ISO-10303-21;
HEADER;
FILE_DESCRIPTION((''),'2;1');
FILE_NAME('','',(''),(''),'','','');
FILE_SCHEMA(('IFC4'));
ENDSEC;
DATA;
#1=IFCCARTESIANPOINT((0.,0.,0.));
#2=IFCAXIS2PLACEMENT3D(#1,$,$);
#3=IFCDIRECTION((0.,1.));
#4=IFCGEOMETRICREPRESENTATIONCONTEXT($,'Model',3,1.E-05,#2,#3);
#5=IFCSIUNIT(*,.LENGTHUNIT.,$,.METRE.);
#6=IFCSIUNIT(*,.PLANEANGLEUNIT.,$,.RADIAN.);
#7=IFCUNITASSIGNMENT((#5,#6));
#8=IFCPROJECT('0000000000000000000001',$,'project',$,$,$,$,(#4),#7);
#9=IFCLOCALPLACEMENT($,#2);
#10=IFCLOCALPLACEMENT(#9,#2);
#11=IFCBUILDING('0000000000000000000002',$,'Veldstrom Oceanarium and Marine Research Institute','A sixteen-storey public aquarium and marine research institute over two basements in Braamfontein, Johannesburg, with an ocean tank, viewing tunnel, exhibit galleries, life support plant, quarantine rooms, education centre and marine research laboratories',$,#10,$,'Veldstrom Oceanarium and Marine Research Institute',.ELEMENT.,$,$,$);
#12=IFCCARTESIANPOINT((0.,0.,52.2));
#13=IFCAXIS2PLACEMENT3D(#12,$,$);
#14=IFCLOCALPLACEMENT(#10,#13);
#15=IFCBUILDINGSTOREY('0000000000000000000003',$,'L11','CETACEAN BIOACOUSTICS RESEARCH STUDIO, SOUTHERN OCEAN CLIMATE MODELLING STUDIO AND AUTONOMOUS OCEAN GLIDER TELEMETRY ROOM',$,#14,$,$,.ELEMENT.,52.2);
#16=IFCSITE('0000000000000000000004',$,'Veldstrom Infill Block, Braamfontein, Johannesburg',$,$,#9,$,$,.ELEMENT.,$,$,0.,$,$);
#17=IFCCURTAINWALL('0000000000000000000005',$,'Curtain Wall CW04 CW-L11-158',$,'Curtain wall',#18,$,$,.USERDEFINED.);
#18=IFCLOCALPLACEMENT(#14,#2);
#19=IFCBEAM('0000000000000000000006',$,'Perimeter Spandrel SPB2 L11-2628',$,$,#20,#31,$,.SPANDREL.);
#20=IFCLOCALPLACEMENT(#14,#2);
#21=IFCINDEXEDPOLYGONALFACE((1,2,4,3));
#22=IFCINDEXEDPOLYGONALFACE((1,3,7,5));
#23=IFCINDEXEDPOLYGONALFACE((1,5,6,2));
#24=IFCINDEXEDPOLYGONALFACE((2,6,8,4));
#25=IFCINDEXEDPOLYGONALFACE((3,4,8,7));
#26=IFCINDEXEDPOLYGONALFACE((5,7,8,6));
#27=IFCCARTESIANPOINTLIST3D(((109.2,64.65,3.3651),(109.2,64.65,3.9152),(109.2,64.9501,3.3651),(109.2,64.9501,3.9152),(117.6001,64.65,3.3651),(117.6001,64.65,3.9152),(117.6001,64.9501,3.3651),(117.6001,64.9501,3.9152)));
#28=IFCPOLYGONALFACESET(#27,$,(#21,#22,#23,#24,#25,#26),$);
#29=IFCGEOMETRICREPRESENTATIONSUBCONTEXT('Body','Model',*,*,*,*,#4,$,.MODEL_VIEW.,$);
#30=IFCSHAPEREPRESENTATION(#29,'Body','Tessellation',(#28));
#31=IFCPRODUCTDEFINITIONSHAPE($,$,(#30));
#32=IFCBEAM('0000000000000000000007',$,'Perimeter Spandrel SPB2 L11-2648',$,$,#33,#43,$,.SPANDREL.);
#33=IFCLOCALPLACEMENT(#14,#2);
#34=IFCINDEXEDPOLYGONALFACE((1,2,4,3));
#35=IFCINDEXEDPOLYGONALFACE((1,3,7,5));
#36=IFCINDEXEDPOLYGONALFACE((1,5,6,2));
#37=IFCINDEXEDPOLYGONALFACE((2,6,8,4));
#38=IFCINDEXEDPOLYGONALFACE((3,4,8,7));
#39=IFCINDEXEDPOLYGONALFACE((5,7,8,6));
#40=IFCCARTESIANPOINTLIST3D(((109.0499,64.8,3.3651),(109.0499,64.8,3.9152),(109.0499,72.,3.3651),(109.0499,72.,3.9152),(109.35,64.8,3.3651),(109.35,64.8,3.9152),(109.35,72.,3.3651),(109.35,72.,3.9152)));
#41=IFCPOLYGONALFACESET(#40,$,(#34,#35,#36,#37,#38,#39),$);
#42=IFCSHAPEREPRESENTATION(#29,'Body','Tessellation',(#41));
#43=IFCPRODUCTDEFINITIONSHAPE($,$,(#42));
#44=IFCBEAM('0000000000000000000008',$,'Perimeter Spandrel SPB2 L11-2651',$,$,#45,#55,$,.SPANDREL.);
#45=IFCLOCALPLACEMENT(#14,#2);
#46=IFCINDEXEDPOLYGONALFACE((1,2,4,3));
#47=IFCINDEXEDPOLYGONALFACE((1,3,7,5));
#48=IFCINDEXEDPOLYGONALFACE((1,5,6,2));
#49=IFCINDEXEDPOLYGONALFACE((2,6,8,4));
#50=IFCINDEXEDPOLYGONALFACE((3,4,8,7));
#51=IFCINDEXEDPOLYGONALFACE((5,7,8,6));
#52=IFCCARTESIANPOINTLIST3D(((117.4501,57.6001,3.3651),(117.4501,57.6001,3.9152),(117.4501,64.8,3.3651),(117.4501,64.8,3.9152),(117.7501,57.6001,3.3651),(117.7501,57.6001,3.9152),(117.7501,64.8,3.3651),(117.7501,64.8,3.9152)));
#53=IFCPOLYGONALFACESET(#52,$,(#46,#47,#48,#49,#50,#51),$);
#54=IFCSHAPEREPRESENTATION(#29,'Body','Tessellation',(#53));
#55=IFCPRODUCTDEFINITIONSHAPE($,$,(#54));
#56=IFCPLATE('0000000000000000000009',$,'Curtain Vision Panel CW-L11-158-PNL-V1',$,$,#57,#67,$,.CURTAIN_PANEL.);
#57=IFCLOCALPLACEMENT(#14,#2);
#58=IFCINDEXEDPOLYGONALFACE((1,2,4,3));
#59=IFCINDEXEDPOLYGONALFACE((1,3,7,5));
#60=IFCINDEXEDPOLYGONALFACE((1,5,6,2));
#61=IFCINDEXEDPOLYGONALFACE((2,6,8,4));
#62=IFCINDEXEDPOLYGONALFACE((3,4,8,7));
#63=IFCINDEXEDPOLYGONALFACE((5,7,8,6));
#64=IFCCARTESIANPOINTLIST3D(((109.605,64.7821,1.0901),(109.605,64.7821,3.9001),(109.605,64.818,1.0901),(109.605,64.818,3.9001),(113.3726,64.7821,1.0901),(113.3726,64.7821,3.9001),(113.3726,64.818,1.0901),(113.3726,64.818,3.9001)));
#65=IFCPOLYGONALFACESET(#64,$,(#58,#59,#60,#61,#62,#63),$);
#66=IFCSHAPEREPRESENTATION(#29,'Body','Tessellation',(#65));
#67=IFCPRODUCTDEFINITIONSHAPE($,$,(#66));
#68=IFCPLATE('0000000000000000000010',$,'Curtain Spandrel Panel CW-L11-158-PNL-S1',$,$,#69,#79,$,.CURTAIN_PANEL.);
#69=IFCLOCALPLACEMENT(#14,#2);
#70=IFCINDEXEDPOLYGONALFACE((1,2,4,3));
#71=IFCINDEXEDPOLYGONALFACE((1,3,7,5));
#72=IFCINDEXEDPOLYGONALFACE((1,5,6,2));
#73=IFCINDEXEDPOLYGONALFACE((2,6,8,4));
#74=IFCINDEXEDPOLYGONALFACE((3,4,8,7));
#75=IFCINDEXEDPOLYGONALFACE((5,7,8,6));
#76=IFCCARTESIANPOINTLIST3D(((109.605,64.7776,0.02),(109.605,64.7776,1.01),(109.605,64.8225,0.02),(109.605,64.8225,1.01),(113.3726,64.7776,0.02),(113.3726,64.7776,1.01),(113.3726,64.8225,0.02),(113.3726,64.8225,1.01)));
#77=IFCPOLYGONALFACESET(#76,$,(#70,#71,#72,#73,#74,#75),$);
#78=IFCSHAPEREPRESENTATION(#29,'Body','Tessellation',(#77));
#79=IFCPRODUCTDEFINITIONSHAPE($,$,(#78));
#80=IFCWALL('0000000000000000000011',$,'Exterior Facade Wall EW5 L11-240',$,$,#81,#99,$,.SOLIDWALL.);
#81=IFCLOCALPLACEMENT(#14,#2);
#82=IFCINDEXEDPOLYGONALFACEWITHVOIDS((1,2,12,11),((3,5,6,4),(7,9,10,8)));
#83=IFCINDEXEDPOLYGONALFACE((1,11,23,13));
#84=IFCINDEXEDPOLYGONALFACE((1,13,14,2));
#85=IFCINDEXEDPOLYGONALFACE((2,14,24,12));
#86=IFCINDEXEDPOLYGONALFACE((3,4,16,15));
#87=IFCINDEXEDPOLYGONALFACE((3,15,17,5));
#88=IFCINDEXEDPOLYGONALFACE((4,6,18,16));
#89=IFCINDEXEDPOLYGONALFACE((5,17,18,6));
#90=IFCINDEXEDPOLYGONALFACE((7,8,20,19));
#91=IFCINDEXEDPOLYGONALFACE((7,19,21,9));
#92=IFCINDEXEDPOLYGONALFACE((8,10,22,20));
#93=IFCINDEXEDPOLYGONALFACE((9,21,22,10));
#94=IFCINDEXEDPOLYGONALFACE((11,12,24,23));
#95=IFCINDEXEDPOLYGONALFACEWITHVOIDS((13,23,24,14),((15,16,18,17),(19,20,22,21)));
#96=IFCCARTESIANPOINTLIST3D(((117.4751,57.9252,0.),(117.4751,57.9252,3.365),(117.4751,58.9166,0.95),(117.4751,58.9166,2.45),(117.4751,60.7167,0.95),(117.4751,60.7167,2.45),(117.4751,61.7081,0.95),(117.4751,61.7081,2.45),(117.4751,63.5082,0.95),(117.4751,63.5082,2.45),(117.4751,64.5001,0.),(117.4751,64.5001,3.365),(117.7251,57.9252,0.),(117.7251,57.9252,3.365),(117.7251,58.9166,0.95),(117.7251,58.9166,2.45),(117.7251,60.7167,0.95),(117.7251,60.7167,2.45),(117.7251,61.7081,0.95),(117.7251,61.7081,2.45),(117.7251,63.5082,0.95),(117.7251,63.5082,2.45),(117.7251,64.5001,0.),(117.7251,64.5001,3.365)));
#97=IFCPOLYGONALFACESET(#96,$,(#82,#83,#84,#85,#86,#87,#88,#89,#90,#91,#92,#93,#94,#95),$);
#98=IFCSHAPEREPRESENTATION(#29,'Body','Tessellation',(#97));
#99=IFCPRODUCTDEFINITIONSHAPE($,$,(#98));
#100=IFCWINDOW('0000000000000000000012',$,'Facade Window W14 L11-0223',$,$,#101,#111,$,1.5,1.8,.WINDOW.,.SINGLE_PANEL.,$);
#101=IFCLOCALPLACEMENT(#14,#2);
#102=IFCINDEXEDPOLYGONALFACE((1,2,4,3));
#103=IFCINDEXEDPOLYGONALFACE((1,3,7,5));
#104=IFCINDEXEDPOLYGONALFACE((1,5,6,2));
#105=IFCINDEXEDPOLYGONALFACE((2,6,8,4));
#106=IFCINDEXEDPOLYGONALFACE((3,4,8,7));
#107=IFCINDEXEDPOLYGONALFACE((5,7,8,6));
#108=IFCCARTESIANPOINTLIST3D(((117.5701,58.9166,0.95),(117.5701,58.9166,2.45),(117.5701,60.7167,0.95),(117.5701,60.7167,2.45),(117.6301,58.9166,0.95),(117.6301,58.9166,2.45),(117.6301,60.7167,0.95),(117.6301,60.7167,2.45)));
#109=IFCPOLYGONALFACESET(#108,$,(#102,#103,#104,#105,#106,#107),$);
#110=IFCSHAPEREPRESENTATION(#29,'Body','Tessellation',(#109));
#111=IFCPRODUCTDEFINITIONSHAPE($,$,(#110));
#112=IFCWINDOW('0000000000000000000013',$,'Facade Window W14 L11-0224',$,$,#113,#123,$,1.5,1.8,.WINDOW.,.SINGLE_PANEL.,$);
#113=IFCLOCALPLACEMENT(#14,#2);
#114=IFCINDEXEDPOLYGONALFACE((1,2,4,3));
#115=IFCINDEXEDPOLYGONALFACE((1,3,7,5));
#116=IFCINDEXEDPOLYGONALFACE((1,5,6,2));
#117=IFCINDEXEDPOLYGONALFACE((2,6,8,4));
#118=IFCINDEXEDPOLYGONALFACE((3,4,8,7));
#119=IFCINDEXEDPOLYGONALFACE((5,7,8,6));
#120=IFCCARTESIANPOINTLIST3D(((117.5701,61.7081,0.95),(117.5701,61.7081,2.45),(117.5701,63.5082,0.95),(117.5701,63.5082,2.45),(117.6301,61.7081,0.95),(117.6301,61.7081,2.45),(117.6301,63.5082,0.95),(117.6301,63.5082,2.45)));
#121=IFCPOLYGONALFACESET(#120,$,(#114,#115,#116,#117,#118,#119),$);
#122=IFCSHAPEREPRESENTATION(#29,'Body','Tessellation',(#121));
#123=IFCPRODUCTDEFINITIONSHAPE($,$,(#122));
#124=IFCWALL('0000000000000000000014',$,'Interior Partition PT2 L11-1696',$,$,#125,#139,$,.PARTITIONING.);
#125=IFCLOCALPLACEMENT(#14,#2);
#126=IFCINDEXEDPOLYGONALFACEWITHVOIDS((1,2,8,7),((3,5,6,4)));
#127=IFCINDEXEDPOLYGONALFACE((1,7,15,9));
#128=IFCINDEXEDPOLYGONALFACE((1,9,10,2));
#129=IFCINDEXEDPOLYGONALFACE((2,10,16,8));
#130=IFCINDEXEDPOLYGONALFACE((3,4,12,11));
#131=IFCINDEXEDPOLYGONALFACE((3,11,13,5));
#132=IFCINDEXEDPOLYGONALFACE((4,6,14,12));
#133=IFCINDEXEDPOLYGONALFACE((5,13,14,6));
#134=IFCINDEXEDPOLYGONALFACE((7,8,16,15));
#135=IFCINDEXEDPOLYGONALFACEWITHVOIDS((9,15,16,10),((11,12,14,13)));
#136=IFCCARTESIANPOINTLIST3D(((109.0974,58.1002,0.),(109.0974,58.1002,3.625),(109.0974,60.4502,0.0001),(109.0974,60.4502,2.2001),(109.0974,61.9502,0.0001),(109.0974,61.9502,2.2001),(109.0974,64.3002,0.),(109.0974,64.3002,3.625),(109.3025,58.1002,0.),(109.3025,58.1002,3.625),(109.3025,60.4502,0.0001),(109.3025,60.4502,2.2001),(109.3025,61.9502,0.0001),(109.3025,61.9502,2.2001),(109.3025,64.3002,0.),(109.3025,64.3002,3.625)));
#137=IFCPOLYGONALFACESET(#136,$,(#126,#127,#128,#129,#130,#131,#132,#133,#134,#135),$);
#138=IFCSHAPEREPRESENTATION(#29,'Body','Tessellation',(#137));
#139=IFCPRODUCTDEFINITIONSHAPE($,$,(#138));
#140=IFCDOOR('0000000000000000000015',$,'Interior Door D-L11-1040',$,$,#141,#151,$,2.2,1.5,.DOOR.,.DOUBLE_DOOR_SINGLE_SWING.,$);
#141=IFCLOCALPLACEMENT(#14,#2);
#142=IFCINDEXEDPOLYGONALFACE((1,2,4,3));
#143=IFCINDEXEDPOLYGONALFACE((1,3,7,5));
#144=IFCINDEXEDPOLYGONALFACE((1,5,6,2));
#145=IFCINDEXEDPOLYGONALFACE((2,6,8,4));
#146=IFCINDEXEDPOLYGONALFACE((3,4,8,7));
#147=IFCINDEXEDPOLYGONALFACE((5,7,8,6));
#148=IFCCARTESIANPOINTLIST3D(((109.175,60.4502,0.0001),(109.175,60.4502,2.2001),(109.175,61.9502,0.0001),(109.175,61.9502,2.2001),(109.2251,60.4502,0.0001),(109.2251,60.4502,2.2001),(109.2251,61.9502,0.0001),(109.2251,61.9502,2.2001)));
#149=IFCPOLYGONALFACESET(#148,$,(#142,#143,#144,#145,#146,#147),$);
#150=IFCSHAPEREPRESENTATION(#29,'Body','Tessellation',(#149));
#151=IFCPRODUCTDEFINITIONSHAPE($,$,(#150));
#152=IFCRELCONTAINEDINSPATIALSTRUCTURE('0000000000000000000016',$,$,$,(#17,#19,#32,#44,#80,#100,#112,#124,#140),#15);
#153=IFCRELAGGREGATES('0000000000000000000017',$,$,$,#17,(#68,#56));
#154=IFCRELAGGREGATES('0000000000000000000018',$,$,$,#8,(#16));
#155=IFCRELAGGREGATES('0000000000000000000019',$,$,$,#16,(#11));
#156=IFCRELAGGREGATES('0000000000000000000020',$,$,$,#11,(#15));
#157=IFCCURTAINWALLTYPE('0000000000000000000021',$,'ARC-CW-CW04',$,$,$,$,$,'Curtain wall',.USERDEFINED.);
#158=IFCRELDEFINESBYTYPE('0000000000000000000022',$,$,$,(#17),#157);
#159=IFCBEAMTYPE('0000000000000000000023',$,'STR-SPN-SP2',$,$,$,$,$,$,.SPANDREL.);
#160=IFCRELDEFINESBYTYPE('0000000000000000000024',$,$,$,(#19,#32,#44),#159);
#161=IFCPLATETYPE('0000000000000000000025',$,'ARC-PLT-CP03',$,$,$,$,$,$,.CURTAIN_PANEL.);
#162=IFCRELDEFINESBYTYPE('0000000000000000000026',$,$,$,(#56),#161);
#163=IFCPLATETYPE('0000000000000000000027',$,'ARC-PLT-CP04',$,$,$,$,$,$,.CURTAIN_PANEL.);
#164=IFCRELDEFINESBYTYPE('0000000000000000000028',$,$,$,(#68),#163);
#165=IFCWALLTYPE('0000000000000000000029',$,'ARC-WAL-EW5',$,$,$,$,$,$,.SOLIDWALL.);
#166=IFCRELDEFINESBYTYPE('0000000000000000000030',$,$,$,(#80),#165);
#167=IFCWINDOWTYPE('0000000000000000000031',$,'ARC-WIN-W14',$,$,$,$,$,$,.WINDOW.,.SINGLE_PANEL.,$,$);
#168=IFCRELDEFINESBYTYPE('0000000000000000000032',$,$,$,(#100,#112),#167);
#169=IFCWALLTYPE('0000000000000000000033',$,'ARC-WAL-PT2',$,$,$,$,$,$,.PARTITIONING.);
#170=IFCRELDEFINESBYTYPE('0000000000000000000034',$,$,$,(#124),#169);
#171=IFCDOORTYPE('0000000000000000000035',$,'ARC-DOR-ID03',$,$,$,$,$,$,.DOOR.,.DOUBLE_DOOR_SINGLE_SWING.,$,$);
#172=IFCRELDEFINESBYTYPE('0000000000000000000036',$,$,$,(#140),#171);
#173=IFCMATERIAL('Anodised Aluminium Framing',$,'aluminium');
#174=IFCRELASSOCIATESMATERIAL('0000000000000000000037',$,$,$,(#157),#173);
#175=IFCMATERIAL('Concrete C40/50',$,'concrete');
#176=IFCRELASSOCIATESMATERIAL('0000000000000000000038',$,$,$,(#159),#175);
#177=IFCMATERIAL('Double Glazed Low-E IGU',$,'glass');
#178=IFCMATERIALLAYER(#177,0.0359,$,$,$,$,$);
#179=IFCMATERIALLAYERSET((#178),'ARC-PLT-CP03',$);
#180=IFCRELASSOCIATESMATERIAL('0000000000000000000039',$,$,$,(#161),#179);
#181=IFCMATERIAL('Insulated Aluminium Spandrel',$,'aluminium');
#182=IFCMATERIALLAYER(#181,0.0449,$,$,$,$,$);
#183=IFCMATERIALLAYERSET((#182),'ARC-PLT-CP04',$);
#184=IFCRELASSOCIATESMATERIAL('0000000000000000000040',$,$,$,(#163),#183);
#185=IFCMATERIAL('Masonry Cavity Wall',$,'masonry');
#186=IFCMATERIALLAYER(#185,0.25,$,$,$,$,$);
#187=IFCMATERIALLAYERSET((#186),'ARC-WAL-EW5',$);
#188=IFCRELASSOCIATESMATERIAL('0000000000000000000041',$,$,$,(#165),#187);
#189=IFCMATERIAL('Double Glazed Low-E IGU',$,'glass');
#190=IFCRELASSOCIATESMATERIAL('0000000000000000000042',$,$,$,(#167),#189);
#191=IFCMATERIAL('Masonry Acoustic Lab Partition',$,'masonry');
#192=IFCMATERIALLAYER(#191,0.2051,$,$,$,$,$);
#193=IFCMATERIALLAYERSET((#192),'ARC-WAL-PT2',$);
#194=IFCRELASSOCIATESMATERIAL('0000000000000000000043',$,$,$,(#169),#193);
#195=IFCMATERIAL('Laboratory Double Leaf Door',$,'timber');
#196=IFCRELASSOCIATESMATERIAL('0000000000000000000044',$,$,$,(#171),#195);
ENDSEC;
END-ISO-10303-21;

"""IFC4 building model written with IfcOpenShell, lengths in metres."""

from ifc_helpers import new_model, si_unit, direction, frame, frame_2d, origin, origin_2d, place, context, subcontext, project, spatial, rectangle, extrude, material, layer, layer_set, material_profile, profile_set, type_object, element, fill, aggregate, save


model = new_model("IFC4")

# Units and contexts
model_context = context("Model", 3, precision=1e-05, world=origin(), true_north=direction((0.0, 1.0)))
body_context = subcontext(model_context, "Body", "Model", "MODEL_VIEW")
ifc_project = project(units=[si_unit("LENGTHUNIT", "METRE"), si_unit("PLANEANGLEUNIT", "RADIAN")], contexts=[model_context])

# Site, building, storey
site_placement = place(None, origin())
site = spatial("IfcSite", under=ifc_project, at=site_placement, Name="Veldstrom Infill Block, Braamfontein, Johannesburg", CompositionType="ELEMENT", RefElevation=0.0)
building_placement = place(site_placement, origin())
building = spatial("IfcBuilding", under=site, at=building_placement, Name="Veldstrom Oceanarium and Marine Research Institute", Description="A sixteen-storey public aquarium and marine research institute over two basements in Braamfontein, Johannesburg, with an ocean tank, viewing tunnel, exhibit galleries, life support plant, quarantine rooms, education centre and marine research laboratories", LongName="Veldstrom Oceanarium and Marine Research Institute", CompositionType="ELEMENT")
storey_placement = place(building_placement, frame((0.0, 0.0, 52.2)))
storey = spatial("IfcBuildingStorey", under=building, at=storey_placement, Name="L11", Description="CETACEAN BIOACOUSTICS RESEARCH STUDIO, SOUTHERN OCEAN CLIMATE MODELLING STUDIO AND AUTONOMOUS OCEAN GLIDER TELEMETRY ROOM", CompositionType="ELEMENT", Elevation=52.2)

# Curtain wall
ifc_material_1 = material(Name="Anodised Aluminium Framing", Category="aluminium")
curtain_wall_type_1 = type_object("IfcCurtainWallType", Name="ARC-CW-CW04", ElementType="Curtain wall", PredefinedType="USERDEFINED", material=ifc_material_1)
curtain_wall_1_placement = place(storey_placement, origin())
curtain_wall_1 = element("IfcCurtainWall", 1, at=curtain_wall_1_placement, inside=storey, type_object=curtain_wall_type_1, Name="Curtain Wall CW04 CW-L11-158", ObjectType="Curtain wall", PredefinedType="USERDEFINED")

# Beams
ifc_material_2 = material(Name="Concrete C40/50", Category="concrete")
ifc_material_profile_1 = material_profile(ifc_material_2, rectangle(XDim=0.3, YDim=0.55, at=origin_2d()), Name="RC-SPN-300x550")
ifc_profile_set_1 = profile_set([ifc_material_profile_1], Name="Concrete C40/50")
beam_type_1 = type_object("IfcBeamType", Name="STR-SPN-SP2", PredefinedType="SPANDREL", material=ifc_profile_set_1)
beam_1_placement = place(storey_placement, frame((109.2, 64.8, 3.6401), z_axis=(1.0, 0.0, 0.0), x_axis=(0.0, 1.0, 0.0)))
element("IfcBeam", 2, at=beam_1_placement, inside=storey, type_object=beam_type_1, Name="Perimeter Spandrel SPB2 L11-2628", PredefinedType="SPANDREL", context=body_context, shape_type="SweptSolid", body=[
    extrude(rectangle(XDim=0.3, YDim=0.55, at=origin_2d()), origin(), (0.0, 0.0, 1.0), 8.4001),
])
for number, where, z_axis, x_axis, name in (
    (3, (109.2, 64.8, 3.6401), (0.0, 1.0, 0.0), (-1.0, 0.0, 0.0), "Perimeter Spandrel SPB2 L11-2648"),
    (4, (117.6001, 57.6001, 3.6401), (0.0, 1.0, 0.0), (-1.0, 0.0, 0.0), "Perimeter Spandrel SPB2 L11-2651"),
):
    element("IfcBeam", number, at=place(storey_placement, frame(where, z_axis=z_axis, x_axis=x_axis)), inside=storey, type_object=beam_type_1, Name=name, PredefinedType="SPANDREL", context=body_context, shape_type="SweptSolid", body=[
        extrude(rectangle(XDim=0.3, YDim=0.55, at=origin_2d()), origin(), (0.0, 0.0, 1.0), 7.2),
    ])

# Plates
ifc_material_3 = material(Name="Double Glazed Low-E IGU", Category="glass")
ifc_layer_1 = layer(ifc_material_3, 0.0359)
ifc_layer_set_1 = layer_set([ifc_layer_1], Name="ARC-PLT-CP03")
plate_type_1 = type_object("IfcPlateType", Name="ARC-PLT-CP03", PredefinedType="CURTAIN_PANEL", material=ifc_layer_set_1)
plate_1_placement = place(storey_placement, frame((111.4888, 64.8, 1.0901), z_axis=(0.0, 0.0, 1.0), x_axis=(1.0, 0.0, 0.0)))
plate_1 = element("IfcPlate", 5, at=plate_1_placement, type_object=plate_type_1, Name="Curtain Vision Panel CW-L11-158-PNL-V1", PredefinedType="CURTAIN_PANEL", context=body_context, shape_type="SweptSolid", body=[
    extrude(rectangle(XDim=3.7676, YDim=0.0359, at=origin_2d()), origin(), (0.0, 0.0, 1.0), 2.8101),
])
ifc_material_4 = material(Name="Insulated Aluminium Spandrel", Category="aluminium")
ifc_layer_2 = layer(ifc_material_4, 0.0449)
ifc_layer_set_2 = layer_set([ifc_layer_2], Name="ARC-PLT-CP04")
plate_type_2 = type_object("IfcPlateType", Name="ARC-PLT-CP04", PredefinedType="CURTAIN_PANEL", material=ifc_layer_set_2)
plate_2_placement = place(storey_placement, frame((111.4888, 64.8, 0.02), z_axis=(0.0, 0.0, 1.0), x_axis=(1.0, 0.0, 0.0)))
plate_2 = element("IfcPlate", 6, at=plate_2_placement, type_object=plate_type_2, Name="Curtain Spandrel Panel CW-L11-158-PNL-S1", PredefinedType="CURTAIN_PANEL", context=body_context, shape_type="SweptSolid", body=[
    extrude(rectangle(XDim=3.7676, YDim=0.0449, at=origin_2d()), origin(), (0.0, 0.0, 1.0), 0.99),
])
aggregate(curtain_wall_1, [plate_2, plate_1])

# Wall, openings, windows
ifc_material_5 = material(Name="Masonry Cavity Wall", Category="masonry")
ifc_layer_3 = layer(ifc_material_5, 0.25)
ifc_layer_set_3 = layer_set([ifc_layer_3], Name="ARC-WAL-EW5")
wall_type_1 = type_object("IfcWallType", Name="ARC-WAL-EW5", PredefinedType="SOLIDWALL", material=ifc_layer_set_3)
wall_1_placement = place(storey_placement, frame((117.6001, 57.925, 0.0), z_axis=(0.0, 0.0, 1.0), x_axis=(0.0, 1.0, 0.0)))
wall_1 = element("IfcWall", 7, at=wall_1_placement, inside=storey, type_object=wall_type_1, Name="Exterior Facade Wall EW5 L11-240", PredefinedType="SOLIDWALL", context=body_context, shape_type="SweptSolid", body=[
    extrude(rectangle(XDim=6.575, YDim=0.25, at=frame_2d((3.2876, 0.0))), origin(), (0.0, 0.0, 1.0), 3.365),
])
opening_1_placement = place(wall_1_placement, frame((0.9917, 0.0, 0.95)))
opening_1 = element("IfcOpeningElement", 8, at=opening_1_placement, cuts=wall_1, PredefinedType="OPENING", context=body_context, shape_type="SweptSolid", body=[
    extrude(rectangle(XDim=1.8, YDim=1.5, at=frame_2d((0.8999, 0.75))), frame((0.0, 0.135, 0.0), z_axis=(0.0, -1.0, 0.0), x_axis=(1.0, 0.0, 0.0)), (0.0, 0.0, 1.0), 0.27),
])
opening_2_placement = place(wall_1_placement, frame((3.7832, 0.0, 0.95)))
opening_2 = element("IfcOpeningElement", 9, at=opening_2_placement, cuts=wall_1, PredefinedType="OPENING", context=body_context, shape_type="SweptSolid", body=[
    extrude(rectangle(XDim=1.8, YDim=1.5, at=frame_2d((0.8999, 0.75))), frame((0.0, 0.135, 0.0), z_axis=(0.0, -1.0, 0.0), x_axis=(1.0, 0.0, 0.0)), (0.0, 0.0, 1.0), 0.27),
])
ifc_material_6 = material(Name="Double Glazed Low-E IGU", Category="glass")
window_type = type_object("IfcWindowType", Name="ARC-WIN-W14", PartitioningType="SINGLE_PANEL", PredefinedType="WINDOW", material=ifc_material_6)
window_1_placement = place(opening_1_placement, origin())
window_1 = element("IfcWindow", 10, at=window_1_placement, inside=storey, type_object=window_type, Name="Facade Window W14 L11-0223", OverallHeight=1.5, OverallWidth=1.8, PartitioningType="SINGLE_PANEL", PredefinedType="WINDOW", context=body_context, shape_type="SweptSolid", body=[
    extrude(rectangle(XDim=1.8, YDim=1.5, at=frame_2d((0.8999, 0.75))), frame((0.0, 0.03, 0.0), z_axis=(0.0, -1.0, 0.0), x_axis=(1.0, 0.0, 0.0)), (0.0, 0.0, 1.0), 0.0601),
])
fill(opening_1, window_1)
window_2_placement = place(opening_2_placement, origin())
window_2 = element("IfcWindow", 11, at=window_2_placement, inside=storey, type_object=window_type, Name="Facade Window W14 L11-0224", OverallHeight=1.5, OverallWidth=1.8, PartitioningType="SINGLE_PANEL", PredefinedType="WINDOW", context=body_context, shape_type="SweptSolid", body=[
    extrude(rectangle(XDim=1.8, YDim=1.5, at=frame_2d((0.8999, 0.75))), frame((0.0, 0.03, 0.0), z_axis=(0.0, -1.0, 0.0), x_axis=(1.0, 0.0, 0.0)), (0.0, 0.0, 1.0), 0.0601),
])
fill(opening_2, window_2)

# Wall, opening, door
ifc_material_7 = material(Name="Masonry Acoustic Lab Partition", Category="masonry")
ifc_layer_4 = layer(ifc_material_7, 0.2051)
ifc_layer_set_4 = layer_set([ifc_layer_4], Name="ARC-WAL-PT2")
wall_type_2 = type_object("IfcWallType", Name="ARC-WAL-PT2", PredefinedType="PARTITIONING", material=ifc_layer_set_4)
wall_2_placement = place(storey_placement, frame((109.2, 58.1001, 0.0), z_axis=(0.0, 0.0, 1.0), x_axis=(0.0, 1.0, 0.0)))
wall_2 = element("IfcWall", 12, at=wall_2_placement, inside=storey, type_object=wall_type_2, Name="Interior Partition PT2 L11-1696", PredefinedType="PARTITIONING", context=body_context, shape_type="SweptSolid", body=[
    extrude(rectangle(XDim=6.2, YDim=0.2051, at=frame_2d((3.1001, 0.0))), origin(), (0.0, 0.0, 1.0), 3.625),
])
opening_3_placement = place(wall_2_placement, frame((2.3501, 0.0, 0.0)))
opening_3 = element("IfcOpeningElement", 13, at=opening_3_placement, cuts=wall_2, PredefinedType="OPENING", context=body_context, shape_type="SweptSolid", body=[
    extrude(rectangle(XDim=1.5, YDim=2.2, at=frame_2d((0.75, 1.1001))), frame((0.0, 0.1125, 0.0), z_axis=(0.0, -1.0, 0.0), x_axis=(1.0, 0.0, 0.0)), (0.0, 0.0, 1.0), 0.2251),
])
ifc_material_8 = material(Name="Laboratory Double Leaf Door", Category="timber")
door_type_1 = type_object("IfcDoorType", Name="ARC-DOR-ID03", OperationType="DOUBLE_DOOR_SINGLE_SWING", PredefinedType="DOOR", material=ifc_material_8)
door_1_placement = place(opening_3_placement, origin())
door_1 = element("IfcDoor", 14, at=door_1_placement, inside=storey, type_object=door_type_1, Name="Interior Door D-L11-1040", OperationType="DOUBLE_DOOR_SINGLE_SWING", OverallHeight=2.2, OverallWidth=1.5, PredefinedType="DOOR", context=body_context, shape_type="SweptSolid", body=[
    extrude(rectangle(XDim=1.5, YDim=2.2, at=frame_2d((0.75, 1.1001))), frame((0.0, 0.0249, 0.0), z_axis=(0.0, -1.0, 0.0), x_axis=(1.0, 0.0, 0.0)), (0.0, 0.0, 1.0), 0.05),
])
fill(opening_3, door_1)

save(model, "model.ifc")
